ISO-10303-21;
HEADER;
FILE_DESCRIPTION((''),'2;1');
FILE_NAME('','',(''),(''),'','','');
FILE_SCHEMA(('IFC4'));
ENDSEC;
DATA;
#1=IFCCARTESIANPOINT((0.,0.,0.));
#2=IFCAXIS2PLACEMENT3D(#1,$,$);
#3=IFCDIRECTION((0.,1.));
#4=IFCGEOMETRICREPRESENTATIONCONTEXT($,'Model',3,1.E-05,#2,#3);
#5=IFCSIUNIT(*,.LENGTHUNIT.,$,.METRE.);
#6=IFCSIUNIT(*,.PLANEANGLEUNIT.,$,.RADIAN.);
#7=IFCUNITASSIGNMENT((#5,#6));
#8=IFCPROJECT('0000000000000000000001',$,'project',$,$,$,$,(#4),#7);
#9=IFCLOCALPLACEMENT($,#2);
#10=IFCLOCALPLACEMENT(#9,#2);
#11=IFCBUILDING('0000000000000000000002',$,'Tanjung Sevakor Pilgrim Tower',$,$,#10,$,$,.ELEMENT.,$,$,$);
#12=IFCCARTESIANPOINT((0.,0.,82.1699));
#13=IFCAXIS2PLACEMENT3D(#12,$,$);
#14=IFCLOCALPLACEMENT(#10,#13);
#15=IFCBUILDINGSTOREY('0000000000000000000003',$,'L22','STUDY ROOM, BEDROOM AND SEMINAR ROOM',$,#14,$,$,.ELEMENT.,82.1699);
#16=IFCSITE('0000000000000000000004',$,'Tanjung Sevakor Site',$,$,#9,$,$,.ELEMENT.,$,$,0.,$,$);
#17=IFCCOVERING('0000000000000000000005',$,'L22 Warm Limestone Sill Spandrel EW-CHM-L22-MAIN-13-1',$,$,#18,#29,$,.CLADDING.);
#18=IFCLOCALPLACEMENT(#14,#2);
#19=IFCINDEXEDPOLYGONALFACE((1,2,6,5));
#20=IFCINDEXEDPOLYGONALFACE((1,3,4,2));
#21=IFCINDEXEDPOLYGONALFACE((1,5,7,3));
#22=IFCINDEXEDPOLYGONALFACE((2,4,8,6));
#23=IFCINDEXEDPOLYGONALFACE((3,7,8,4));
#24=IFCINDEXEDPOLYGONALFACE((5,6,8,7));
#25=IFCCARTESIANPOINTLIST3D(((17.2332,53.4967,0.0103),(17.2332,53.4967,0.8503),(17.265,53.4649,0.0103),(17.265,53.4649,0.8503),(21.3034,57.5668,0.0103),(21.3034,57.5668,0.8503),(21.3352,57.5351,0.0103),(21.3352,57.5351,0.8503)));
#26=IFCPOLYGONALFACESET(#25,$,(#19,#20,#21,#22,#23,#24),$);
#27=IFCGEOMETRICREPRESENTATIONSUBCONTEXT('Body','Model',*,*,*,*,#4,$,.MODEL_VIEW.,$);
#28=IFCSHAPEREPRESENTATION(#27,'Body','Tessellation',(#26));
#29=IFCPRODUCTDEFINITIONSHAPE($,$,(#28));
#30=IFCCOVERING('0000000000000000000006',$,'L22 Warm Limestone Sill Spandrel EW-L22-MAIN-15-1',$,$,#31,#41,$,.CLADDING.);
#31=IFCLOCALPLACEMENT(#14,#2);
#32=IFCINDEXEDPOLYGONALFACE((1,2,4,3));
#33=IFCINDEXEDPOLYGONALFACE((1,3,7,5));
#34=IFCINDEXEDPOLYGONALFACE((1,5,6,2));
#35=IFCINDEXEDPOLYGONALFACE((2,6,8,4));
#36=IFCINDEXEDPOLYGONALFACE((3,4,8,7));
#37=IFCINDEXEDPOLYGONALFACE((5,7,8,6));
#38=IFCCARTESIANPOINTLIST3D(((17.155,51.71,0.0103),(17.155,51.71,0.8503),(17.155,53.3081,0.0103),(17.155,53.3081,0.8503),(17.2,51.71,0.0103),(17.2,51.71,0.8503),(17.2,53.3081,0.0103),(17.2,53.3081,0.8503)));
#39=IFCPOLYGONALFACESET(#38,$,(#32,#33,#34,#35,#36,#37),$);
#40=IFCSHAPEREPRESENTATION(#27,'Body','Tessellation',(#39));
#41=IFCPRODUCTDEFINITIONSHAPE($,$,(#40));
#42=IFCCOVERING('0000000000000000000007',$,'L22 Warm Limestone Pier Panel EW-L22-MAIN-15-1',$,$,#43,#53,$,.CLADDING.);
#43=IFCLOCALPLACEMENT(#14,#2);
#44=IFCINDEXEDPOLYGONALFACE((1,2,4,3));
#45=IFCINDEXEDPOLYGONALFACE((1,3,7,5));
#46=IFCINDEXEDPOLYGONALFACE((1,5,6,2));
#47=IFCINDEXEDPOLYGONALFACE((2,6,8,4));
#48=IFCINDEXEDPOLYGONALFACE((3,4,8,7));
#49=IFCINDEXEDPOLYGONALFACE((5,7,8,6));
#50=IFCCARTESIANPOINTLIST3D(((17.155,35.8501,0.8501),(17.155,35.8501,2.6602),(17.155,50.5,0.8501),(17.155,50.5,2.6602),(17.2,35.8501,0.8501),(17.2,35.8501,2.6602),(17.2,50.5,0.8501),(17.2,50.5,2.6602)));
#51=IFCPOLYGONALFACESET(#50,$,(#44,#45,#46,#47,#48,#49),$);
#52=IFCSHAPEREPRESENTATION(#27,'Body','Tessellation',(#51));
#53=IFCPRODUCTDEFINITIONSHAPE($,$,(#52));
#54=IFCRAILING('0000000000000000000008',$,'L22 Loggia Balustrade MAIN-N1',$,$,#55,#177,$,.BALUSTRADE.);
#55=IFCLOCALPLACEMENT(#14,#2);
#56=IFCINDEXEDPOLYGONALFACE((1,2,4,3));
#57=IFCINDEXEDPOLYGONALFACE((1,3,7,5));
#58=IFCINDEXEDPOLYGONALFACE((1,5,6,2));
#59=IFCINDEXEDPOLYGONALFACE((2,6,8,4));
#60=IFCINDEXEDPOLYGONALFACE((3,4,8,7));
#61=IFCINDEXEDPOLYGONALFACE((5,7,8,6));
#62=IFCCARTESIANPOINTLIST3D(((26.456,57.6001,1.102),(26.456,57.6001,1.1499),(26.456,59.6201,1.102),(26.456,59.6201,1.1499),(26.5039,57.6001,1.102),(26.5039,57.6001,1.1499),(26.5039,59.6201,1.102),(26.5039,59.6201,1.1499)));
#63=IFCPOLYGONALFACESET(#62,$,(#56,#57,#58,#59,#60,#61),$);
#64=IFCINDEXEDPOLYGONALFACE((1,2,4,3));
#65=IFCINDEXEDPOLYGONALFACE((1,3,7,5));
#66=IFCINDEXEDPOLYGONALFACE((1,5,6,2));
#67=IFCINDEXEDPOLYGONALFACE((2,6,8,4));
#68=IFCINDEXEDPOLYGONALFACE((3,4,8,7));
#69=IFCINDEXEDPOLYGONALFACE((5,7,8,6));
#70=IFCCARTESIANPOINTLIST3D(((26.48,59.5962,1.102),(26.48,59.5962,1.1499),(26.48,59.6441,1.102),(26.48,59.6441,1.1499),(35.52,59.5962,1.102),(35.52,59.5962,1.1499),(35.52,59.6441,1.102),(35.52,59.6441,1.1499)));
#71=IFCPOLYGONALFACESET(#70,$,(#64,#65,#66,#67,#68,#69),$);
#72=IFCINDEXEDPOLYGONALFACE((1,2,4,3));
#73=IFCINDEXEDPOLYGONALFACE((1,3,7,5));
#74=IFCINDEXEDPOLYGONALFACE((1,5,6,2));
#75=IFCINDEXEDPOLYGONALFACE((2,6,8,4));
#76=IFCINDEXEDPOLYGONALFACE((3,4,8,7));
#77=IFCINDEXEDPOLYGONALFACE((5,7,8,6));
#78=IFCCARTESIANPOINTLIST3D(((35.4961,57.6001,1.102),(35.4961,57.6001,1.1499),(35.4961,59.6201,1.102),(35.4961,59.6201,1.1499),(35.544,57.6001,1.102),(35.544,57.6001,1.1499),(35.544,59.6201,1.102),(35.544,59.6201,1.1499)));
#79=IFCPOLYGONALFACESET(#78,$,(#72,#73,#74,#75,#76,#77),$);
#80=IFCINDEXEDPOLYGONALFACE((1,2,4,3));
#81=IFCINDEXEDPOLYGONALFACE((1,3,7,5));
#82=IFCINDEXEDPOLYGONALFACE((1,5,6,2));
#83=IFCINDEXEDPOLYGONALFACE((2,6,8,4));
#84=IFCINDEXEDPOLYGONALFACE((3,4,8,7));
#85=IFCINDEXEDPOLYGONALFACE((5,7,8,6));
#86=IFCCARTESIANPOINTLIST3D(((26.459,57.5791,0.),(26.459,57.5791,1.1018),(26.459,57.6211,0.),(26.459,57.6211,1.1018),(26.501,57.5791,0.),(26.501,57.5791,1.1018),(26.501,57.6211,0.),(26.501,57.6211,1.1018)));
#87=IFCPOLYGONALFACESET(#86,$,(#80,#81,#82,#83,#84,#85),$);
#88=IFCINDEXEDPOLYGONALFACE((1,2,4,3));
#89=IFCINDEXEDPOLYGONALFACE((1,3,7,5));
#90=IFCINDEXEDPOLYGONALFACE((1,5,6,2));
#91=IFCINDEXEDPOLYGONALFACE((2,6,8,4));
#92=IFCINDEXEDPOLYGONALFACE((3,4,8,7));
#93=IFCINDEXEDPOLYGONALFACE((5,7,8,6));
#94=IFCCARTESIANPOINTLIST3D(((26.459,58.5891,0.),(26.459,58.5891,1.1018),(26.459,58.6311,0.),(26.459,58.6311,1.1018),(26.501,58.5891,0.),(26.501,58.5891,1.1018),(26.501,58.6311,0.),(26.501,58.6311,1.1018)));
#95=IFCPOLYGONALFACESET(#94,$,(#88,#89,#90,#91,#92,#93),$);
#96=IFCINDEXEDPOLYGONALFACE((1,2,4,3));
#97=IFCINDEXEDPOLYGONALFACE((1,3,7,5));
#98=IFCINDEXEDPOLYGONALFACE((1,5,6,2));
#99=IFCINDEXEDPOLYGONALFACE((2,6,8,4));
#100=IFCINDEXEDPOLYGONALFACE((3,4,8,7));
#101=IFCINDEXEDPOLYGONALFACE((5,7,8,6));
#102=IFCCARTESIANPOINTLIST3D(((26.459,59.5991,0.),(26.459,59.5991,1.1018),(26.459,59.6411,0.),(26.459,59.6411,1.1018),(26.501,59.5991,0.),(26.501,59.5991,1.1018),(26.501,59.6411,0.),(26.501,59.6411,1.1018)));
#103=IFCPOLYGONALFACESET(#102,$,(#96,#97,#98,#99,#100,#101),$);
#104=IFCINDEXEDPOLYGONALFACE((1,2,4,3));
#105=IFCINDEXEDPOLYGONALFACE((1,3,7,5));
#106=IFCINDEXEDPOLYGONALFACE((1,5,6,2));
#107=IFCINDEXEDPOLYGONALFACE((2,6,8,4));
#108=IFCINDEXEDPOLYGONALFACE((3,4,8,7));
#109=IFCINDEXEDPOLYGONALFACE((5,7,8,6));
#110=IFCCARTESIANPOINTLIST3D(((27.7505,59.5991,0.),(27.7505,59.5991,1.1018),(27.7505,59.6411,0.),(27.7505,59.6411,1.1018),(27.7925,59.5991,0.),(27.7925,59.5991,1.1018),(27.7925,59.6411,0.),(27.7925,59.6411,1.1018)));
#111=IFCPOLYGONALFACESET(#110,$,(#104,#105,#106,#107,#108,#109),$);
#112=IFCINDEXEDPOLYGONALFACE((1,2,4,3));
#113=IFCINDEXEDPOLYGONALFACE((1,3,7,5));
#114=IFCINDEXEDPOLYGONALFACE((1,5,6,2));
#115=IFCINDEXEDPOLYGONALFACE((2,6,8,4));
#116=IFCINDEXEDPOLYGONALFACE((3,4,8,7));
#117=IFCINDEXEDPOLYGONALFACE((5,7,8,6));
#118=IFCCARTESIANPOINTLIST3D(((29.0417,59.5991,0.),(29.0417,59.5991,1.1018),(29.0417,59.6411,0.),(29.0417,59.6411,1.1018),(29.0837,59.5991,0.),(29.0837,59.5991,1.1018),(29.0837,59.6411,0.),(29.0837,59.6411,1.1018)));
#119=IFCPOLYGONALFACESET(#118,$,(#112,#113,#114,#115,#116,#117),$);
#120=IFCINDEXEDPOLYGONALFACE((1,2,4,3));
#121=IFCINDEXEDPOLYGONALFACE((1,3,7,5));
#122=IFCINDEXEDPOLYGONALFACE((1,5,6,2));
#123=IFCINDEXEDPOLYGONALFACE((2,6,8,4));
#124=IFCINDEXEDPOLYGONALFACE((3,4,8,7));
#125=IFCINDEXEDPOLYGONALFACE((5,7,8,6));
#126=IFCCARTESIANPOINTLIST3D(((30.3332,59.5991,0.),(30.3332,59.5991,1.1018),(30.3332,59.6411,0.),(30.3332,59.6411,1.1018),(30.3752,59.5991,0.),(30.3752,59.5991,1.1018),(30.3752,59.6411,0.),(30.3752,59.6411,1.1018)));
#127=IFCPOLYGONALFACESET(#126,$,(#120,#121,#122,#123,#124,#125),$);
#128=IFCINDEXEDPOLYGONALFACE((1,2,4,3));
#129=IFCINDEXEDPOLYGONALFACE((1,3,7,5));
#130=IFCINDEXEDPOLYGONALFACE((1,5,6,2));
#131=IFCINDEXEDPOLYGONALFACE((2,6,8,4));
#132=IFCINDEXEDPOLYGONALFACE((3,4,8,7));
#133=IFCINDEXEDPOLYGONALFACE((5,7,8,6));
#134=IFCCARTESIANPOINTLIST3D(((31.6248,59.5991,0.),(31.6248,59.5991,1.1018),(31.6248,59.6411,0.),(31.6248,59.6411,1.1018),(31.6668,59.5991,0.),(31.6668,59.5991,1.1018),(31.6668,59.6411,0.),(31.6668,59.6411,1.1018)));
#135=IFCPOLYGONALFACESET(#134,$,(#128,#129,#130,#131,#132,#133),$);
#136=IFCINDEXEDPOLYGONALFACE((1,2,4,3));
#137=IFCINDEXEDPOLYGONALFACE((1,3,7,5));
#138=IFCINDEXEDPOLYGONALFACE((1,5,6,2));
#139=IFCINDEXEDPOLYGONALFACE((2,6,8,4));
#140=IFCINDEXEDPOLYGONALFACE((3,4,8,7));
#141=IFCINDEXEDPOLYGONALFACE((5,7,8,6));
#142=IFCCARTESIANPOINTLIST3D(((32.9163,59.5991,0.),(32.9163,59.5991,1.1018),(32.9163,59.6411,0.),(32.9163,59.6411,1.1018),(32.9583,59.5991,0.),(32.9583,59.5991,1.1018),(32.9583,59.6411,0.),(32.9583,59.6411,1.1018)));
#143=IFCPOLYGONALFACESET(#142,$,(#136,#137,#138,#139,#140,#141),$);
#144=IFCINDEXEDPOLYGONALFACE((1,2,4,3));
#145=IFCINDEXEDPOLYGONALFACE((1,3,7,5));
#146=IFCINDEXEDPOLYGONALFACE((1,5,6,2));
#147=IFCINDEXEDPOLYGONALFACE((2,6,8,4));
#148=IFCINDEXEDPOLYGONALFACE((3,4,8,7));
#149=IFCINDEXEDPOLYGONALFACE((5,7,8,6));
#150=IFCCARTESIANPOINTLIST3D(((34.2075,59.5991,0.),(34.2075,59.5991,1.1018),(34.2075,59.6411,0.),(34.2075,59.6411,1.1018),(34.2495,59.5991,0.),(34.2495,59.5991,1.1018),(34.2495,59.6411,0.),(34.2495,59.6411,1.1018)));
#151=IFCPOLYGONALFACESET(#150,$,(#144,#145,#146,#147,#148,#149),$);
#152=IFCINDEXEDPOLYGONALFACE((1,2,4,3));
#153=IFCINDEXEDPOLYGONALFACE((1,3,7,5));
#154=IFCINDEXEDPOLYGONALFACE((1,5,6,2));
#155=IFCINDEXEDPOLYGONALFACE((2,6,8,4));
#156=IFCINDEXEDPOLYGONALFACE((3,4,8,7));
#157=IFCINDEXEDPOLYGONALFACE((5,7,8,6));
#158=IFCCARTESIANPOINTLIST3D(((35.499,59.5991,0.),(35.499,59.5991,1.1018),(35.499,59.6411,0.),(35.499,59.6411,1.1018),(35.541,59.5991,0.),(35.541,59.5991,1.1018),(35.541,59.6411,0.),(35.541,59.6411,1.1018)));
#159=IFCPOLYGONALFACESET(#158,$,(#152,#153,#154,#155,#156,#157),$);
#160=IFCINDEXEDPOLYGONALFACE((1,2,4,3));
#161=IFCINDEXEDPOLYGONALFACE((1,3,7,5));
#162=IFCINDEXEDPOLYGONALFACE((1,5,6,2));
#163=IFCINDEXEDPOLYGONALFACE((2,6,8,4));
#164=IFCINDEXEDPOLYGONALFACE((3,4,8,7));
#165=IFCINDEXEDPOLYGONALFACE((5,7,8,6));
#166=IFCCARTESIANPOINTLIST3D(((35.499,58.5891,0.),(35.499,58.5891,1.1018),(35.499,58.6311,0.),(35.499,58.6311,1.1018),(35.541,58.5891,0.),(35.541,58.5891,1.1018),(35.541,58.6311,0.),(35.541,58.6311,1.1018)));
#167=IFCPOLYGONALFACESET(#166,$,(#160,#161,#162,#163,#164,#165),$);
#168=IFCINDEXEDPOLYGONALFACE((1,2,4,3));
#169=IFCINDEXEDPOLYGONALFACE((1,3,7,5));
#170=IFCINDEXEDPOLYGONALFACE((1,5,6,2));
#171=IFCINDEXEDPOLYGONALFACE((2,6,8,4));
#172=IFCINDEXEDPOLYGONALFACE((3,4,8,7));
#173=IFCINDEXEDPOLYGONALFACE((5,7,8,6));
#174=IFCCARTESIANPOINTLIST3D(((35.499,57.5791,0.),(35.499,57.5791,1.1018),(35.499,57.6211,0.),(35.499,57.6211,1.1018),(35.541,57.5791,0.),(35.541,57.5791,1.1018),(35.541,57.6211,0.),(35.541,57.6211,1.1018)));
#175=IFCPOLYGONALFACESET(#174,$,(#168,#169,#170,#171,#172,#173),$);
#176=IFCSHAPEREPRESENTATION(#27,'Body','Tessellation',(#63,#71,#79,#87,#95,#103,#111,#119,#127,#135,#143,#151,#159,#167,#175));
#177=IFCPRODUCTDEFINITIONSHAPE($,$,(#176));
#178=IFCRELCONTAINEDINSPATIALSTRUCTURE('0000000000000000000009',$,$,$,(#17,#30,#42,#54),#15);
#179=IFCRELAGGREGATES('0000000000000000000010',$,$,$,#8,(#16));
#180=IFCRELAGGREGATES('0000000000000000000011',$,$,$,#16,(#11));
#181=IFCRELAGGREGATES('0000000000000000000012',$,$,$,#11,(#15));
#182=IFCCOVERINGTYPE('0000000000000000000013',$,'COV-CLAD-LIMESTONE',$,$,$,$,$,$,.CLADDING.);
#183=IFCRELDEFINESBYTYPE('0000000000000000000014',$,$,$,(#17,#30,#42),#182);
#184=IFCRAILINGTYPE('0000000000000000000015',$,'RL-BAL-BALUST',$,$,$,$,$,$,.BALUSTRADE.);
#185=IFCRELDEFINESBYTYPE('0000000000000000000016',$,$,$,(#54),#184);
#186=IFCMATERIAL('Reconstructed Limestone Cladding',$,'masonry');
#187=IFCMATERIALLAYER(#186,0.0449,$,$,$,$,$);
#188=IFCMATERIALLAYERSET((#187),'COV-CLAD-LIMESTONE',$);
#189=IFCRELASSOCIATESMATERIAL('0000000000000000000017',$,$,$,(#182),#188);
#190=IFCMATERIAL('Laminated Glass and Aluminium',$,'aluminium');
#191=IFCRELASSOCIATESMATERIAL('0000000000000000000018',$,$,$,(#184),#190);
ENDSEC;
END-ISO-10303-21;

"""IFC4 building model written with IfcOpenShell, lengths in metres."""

from ifc_helpers import new_model, si_unit, direction, frame, origin, origin_2d, place, context, subcontext, project, spatial, rectangle, extrude, material, layer, layer_set, type_object, element, save


model = new_model("IFC4")

# Units and contexts
model_context = context("Model", 3, precision=1e-05, world=origin(), true_north=direction((0.0, 1.0)))
body_context = subcontext(model_context, "Body", "Model", "MODEL_VIEW")
ifc_project = project(units=[si_unit("LENGTHUNIT", "METRE"), si_unit("PLANEANGLEUNIT", "RADIAN")], contexts=[model_context])

# Site, building, storey
site_placement = place(None, origin())
site = spatial("IfcSite", under=ifc_project, at=site_placement, Name="Tanjung Sevakor Site", CompositionType="ELEMENT", RefElevation=0.0)
building_placement = place(site_placement, origin())
building = spatial("IfcBuilding", under=site, at=building_placement, Name="Tanjung Sevakor Pilgrim Tower", CompositionType="ELEMENT")
storey_placement = place(building_placement, frame((0.0, 0.0, 82.1699)))
storey = spatial("IfcBuildingStorey", under=building, at=storey_placement, Name="L22", Description="STUDY ROOM, BEDROOM AND SEMINAR ROOM", CompositionType="ELEMENT", Elevation=82.1699)

# Coverings
ifc_material_1 = material(Name="Reconstructed Limestone Cladding", Category="masonry")
ifc_layer_1 = layer(ifc_material_1, 0.0449)
ifc_layer_set_1 = layer_set([ifc_layer_1], Name="COV-CLAD-LIMESTONE")
covering_type = type_object("IfcCoveringType", Name="COV-CLAD-LIMESTONE", PredefinedType="CLADDING", material=ifc_layer_set_1)
covering_1_placement = place(storey_placement, frame((19.2842, 55.5159, 0.0103), z_axis=(0.0, 0.0, 1.0), x_axis=(-0.707107, -0.707107, 0.0)))
element("IfcCovering", 1, at=covering_1_placement, inside=storey, type_object=covering_type, Name="L22 Warm Limestone Sill Spandrel EW-CHM-L22-MAIN-13-1", PredefinedType="CLADDING", context=body_context, shape_type="SweptSolid", body=[
    extrude(rectangle(XDim=5.7561, YDim=0.0449, at=origin_2d()), origin(), (0.0, 0.0, 1.0), 0.8401),
])
covering_2_placement = place(storey_placement, frame((17.1775, 52.509, 0.0103), z_axis=(0.0, 0.0, 1.0), x_axis=(0.0, -1.0, 0.0)))
element("IfcCovering", 2, at=covering_2_placement, inside=storey, type_object=covering_type, Name="L22 Warm Limestone Sill Spandrel EW-L22-MAIN-15-1", PredefinedType="CLADDING", context=body_context, shape_type="SweptSolid", body=[
    extrude(rectangle(XDim=1.5981, YDim=0.0449, at=origin_2d()), origin(), (0.0, 0.0, 1.0), 0.8401),
])
covering_3_placement = place(storey_placement, frame((17.1775, 43.175, 0.8501), z_axis=(0.0, 0.0, 1.0), x_axis=(0.0, -1.0, 0.0)))
element("IfcCovering", 3, at=covering_3_placement, inside=storey, type_object=covering_type, Name="L22 Warm Limestone Pier Panel EW-L22-MAIN-15-1", PredefinedType="CLADDING", context=body_context, shape_type="SweptSolid", body=[
    extrude(rectangle(XDim=14.6499, YDim=0.0449, at=origin_2d()), origin(), (0.0, 0.0, 1.0), 1.8101),
])

# Railing
ifc_material_2 = material(Name="Laminated Glass and Aluminium", Category="aluminium")
railing_type = type_object("IfcRailingType", Name="RL-BAL-BALUST", PredefinedType="BALUSTRADE", material=ifc_material_2)
railing_1_placement = place(storey_placement, frame((26.48, 57.6001, 0.0)))
element("IfcRailing", 4, at=railing_1_placement, inside=storey, type_object=railing_type, Name="L22 Loggia Balustrade MAIN-N1", PredefinedType="BALUSTRADE", context=body_context, shape_type="SweptSolid", body=[
    extrude(rectangle(XDim=0.0479, YDim=0.0479), frame((0.0, 0.0, 1.126), z_axis=(0.0, 1.0, 0.0), x_axis=(-1.0, 0.0, 0.0)), (0.0, 0.0, 1.0), 2.02),
    extrude(rectangle(XDim=0.0479, YDim=0.0479), frame((0.0, 2.02, 1.126), z_axis=(1.0, 0.0, 0.0), x_axis=(0.0, 1.0, 0.0)), (0.0, 0.0, 1.0), 9.04),
    extrude(rectangle(XDim=0.0479, YDim=0.0479), frame((9.04, 2.02, 1.126), z_axis=(0.0, -1.0, 0.0), x_axis=(1.0, 0.0, 0.0)), (0.0, 0.0, 1.0), 2.02),
    extrude(rectangle(XDim=0.042, YDim=0.042), origin(), (0.0, 0.0, 1.0), 1.1018),
    extrude(rectangle(XDim=0.042, YDim=0.042), frame((0.0, 1.01, 0.0)), (0.0, 0.0, 1.0), 1.1018),
    extrude(rectangle(XDim=0.042, YDim=0.042), frame((0.0, 2.02, 0.0)), (0.0, 0.0, 1.0), 1.1018),
    extrude(rectangle(XDim=0.042, YDim=0.042), frame((1.2915, 2.02, 0.0)), (0.0, 0.0, 1.0), 1.1018),
    extrude(rectangle(XDim=0.042, YDim=0.042), frame((2.5828, 2.02, 0.0)), (0.0, 0.0, 1.0), 1.1018),
    extrude(rectangle(XDim=0.042, YDim=0.042), frame((3.8743, 2.02, 0.0)), (0.0, 0.0, 1.0), 1.1018),
    extrude(rectangle(XDim=0.042, YDim=0.042), frame((5.1658, 2.02, 0.0)), (0.0, 0.0, 1.0), 1.1018),
    extrude(rectangle(XDim=0.042, YDim=0.042), frame((6.4573, 2.02, 0.0)), (0.0, 0.0, 1.0), 1.1018),
    extrude(rectangle(XDim=0.042, YDim=0.042), frame((7.7485, 2.02, 0.0)), (0.0, 0.0, 1.0), 1.1018),
    extrude(rectangle(XDim=0.042, YDim=0.042), frame((9.04, 2.02, 0.0)), (0.0, 0.0, 1.0), 1.1018),
    extrude(rectangle(XDim=0.042, YDim=0.042), frame((9.04, 1.01, 0.0)), (0.0, 0.0, 1.0), 1.1018),
    extrude(rectangle(XDim=0.042, YDim=0.042), frame((9.04, 0.0, 0.0)), (0.0, 0.0, 1.0), 1.1018),
])

save(model, "model.ifc")
